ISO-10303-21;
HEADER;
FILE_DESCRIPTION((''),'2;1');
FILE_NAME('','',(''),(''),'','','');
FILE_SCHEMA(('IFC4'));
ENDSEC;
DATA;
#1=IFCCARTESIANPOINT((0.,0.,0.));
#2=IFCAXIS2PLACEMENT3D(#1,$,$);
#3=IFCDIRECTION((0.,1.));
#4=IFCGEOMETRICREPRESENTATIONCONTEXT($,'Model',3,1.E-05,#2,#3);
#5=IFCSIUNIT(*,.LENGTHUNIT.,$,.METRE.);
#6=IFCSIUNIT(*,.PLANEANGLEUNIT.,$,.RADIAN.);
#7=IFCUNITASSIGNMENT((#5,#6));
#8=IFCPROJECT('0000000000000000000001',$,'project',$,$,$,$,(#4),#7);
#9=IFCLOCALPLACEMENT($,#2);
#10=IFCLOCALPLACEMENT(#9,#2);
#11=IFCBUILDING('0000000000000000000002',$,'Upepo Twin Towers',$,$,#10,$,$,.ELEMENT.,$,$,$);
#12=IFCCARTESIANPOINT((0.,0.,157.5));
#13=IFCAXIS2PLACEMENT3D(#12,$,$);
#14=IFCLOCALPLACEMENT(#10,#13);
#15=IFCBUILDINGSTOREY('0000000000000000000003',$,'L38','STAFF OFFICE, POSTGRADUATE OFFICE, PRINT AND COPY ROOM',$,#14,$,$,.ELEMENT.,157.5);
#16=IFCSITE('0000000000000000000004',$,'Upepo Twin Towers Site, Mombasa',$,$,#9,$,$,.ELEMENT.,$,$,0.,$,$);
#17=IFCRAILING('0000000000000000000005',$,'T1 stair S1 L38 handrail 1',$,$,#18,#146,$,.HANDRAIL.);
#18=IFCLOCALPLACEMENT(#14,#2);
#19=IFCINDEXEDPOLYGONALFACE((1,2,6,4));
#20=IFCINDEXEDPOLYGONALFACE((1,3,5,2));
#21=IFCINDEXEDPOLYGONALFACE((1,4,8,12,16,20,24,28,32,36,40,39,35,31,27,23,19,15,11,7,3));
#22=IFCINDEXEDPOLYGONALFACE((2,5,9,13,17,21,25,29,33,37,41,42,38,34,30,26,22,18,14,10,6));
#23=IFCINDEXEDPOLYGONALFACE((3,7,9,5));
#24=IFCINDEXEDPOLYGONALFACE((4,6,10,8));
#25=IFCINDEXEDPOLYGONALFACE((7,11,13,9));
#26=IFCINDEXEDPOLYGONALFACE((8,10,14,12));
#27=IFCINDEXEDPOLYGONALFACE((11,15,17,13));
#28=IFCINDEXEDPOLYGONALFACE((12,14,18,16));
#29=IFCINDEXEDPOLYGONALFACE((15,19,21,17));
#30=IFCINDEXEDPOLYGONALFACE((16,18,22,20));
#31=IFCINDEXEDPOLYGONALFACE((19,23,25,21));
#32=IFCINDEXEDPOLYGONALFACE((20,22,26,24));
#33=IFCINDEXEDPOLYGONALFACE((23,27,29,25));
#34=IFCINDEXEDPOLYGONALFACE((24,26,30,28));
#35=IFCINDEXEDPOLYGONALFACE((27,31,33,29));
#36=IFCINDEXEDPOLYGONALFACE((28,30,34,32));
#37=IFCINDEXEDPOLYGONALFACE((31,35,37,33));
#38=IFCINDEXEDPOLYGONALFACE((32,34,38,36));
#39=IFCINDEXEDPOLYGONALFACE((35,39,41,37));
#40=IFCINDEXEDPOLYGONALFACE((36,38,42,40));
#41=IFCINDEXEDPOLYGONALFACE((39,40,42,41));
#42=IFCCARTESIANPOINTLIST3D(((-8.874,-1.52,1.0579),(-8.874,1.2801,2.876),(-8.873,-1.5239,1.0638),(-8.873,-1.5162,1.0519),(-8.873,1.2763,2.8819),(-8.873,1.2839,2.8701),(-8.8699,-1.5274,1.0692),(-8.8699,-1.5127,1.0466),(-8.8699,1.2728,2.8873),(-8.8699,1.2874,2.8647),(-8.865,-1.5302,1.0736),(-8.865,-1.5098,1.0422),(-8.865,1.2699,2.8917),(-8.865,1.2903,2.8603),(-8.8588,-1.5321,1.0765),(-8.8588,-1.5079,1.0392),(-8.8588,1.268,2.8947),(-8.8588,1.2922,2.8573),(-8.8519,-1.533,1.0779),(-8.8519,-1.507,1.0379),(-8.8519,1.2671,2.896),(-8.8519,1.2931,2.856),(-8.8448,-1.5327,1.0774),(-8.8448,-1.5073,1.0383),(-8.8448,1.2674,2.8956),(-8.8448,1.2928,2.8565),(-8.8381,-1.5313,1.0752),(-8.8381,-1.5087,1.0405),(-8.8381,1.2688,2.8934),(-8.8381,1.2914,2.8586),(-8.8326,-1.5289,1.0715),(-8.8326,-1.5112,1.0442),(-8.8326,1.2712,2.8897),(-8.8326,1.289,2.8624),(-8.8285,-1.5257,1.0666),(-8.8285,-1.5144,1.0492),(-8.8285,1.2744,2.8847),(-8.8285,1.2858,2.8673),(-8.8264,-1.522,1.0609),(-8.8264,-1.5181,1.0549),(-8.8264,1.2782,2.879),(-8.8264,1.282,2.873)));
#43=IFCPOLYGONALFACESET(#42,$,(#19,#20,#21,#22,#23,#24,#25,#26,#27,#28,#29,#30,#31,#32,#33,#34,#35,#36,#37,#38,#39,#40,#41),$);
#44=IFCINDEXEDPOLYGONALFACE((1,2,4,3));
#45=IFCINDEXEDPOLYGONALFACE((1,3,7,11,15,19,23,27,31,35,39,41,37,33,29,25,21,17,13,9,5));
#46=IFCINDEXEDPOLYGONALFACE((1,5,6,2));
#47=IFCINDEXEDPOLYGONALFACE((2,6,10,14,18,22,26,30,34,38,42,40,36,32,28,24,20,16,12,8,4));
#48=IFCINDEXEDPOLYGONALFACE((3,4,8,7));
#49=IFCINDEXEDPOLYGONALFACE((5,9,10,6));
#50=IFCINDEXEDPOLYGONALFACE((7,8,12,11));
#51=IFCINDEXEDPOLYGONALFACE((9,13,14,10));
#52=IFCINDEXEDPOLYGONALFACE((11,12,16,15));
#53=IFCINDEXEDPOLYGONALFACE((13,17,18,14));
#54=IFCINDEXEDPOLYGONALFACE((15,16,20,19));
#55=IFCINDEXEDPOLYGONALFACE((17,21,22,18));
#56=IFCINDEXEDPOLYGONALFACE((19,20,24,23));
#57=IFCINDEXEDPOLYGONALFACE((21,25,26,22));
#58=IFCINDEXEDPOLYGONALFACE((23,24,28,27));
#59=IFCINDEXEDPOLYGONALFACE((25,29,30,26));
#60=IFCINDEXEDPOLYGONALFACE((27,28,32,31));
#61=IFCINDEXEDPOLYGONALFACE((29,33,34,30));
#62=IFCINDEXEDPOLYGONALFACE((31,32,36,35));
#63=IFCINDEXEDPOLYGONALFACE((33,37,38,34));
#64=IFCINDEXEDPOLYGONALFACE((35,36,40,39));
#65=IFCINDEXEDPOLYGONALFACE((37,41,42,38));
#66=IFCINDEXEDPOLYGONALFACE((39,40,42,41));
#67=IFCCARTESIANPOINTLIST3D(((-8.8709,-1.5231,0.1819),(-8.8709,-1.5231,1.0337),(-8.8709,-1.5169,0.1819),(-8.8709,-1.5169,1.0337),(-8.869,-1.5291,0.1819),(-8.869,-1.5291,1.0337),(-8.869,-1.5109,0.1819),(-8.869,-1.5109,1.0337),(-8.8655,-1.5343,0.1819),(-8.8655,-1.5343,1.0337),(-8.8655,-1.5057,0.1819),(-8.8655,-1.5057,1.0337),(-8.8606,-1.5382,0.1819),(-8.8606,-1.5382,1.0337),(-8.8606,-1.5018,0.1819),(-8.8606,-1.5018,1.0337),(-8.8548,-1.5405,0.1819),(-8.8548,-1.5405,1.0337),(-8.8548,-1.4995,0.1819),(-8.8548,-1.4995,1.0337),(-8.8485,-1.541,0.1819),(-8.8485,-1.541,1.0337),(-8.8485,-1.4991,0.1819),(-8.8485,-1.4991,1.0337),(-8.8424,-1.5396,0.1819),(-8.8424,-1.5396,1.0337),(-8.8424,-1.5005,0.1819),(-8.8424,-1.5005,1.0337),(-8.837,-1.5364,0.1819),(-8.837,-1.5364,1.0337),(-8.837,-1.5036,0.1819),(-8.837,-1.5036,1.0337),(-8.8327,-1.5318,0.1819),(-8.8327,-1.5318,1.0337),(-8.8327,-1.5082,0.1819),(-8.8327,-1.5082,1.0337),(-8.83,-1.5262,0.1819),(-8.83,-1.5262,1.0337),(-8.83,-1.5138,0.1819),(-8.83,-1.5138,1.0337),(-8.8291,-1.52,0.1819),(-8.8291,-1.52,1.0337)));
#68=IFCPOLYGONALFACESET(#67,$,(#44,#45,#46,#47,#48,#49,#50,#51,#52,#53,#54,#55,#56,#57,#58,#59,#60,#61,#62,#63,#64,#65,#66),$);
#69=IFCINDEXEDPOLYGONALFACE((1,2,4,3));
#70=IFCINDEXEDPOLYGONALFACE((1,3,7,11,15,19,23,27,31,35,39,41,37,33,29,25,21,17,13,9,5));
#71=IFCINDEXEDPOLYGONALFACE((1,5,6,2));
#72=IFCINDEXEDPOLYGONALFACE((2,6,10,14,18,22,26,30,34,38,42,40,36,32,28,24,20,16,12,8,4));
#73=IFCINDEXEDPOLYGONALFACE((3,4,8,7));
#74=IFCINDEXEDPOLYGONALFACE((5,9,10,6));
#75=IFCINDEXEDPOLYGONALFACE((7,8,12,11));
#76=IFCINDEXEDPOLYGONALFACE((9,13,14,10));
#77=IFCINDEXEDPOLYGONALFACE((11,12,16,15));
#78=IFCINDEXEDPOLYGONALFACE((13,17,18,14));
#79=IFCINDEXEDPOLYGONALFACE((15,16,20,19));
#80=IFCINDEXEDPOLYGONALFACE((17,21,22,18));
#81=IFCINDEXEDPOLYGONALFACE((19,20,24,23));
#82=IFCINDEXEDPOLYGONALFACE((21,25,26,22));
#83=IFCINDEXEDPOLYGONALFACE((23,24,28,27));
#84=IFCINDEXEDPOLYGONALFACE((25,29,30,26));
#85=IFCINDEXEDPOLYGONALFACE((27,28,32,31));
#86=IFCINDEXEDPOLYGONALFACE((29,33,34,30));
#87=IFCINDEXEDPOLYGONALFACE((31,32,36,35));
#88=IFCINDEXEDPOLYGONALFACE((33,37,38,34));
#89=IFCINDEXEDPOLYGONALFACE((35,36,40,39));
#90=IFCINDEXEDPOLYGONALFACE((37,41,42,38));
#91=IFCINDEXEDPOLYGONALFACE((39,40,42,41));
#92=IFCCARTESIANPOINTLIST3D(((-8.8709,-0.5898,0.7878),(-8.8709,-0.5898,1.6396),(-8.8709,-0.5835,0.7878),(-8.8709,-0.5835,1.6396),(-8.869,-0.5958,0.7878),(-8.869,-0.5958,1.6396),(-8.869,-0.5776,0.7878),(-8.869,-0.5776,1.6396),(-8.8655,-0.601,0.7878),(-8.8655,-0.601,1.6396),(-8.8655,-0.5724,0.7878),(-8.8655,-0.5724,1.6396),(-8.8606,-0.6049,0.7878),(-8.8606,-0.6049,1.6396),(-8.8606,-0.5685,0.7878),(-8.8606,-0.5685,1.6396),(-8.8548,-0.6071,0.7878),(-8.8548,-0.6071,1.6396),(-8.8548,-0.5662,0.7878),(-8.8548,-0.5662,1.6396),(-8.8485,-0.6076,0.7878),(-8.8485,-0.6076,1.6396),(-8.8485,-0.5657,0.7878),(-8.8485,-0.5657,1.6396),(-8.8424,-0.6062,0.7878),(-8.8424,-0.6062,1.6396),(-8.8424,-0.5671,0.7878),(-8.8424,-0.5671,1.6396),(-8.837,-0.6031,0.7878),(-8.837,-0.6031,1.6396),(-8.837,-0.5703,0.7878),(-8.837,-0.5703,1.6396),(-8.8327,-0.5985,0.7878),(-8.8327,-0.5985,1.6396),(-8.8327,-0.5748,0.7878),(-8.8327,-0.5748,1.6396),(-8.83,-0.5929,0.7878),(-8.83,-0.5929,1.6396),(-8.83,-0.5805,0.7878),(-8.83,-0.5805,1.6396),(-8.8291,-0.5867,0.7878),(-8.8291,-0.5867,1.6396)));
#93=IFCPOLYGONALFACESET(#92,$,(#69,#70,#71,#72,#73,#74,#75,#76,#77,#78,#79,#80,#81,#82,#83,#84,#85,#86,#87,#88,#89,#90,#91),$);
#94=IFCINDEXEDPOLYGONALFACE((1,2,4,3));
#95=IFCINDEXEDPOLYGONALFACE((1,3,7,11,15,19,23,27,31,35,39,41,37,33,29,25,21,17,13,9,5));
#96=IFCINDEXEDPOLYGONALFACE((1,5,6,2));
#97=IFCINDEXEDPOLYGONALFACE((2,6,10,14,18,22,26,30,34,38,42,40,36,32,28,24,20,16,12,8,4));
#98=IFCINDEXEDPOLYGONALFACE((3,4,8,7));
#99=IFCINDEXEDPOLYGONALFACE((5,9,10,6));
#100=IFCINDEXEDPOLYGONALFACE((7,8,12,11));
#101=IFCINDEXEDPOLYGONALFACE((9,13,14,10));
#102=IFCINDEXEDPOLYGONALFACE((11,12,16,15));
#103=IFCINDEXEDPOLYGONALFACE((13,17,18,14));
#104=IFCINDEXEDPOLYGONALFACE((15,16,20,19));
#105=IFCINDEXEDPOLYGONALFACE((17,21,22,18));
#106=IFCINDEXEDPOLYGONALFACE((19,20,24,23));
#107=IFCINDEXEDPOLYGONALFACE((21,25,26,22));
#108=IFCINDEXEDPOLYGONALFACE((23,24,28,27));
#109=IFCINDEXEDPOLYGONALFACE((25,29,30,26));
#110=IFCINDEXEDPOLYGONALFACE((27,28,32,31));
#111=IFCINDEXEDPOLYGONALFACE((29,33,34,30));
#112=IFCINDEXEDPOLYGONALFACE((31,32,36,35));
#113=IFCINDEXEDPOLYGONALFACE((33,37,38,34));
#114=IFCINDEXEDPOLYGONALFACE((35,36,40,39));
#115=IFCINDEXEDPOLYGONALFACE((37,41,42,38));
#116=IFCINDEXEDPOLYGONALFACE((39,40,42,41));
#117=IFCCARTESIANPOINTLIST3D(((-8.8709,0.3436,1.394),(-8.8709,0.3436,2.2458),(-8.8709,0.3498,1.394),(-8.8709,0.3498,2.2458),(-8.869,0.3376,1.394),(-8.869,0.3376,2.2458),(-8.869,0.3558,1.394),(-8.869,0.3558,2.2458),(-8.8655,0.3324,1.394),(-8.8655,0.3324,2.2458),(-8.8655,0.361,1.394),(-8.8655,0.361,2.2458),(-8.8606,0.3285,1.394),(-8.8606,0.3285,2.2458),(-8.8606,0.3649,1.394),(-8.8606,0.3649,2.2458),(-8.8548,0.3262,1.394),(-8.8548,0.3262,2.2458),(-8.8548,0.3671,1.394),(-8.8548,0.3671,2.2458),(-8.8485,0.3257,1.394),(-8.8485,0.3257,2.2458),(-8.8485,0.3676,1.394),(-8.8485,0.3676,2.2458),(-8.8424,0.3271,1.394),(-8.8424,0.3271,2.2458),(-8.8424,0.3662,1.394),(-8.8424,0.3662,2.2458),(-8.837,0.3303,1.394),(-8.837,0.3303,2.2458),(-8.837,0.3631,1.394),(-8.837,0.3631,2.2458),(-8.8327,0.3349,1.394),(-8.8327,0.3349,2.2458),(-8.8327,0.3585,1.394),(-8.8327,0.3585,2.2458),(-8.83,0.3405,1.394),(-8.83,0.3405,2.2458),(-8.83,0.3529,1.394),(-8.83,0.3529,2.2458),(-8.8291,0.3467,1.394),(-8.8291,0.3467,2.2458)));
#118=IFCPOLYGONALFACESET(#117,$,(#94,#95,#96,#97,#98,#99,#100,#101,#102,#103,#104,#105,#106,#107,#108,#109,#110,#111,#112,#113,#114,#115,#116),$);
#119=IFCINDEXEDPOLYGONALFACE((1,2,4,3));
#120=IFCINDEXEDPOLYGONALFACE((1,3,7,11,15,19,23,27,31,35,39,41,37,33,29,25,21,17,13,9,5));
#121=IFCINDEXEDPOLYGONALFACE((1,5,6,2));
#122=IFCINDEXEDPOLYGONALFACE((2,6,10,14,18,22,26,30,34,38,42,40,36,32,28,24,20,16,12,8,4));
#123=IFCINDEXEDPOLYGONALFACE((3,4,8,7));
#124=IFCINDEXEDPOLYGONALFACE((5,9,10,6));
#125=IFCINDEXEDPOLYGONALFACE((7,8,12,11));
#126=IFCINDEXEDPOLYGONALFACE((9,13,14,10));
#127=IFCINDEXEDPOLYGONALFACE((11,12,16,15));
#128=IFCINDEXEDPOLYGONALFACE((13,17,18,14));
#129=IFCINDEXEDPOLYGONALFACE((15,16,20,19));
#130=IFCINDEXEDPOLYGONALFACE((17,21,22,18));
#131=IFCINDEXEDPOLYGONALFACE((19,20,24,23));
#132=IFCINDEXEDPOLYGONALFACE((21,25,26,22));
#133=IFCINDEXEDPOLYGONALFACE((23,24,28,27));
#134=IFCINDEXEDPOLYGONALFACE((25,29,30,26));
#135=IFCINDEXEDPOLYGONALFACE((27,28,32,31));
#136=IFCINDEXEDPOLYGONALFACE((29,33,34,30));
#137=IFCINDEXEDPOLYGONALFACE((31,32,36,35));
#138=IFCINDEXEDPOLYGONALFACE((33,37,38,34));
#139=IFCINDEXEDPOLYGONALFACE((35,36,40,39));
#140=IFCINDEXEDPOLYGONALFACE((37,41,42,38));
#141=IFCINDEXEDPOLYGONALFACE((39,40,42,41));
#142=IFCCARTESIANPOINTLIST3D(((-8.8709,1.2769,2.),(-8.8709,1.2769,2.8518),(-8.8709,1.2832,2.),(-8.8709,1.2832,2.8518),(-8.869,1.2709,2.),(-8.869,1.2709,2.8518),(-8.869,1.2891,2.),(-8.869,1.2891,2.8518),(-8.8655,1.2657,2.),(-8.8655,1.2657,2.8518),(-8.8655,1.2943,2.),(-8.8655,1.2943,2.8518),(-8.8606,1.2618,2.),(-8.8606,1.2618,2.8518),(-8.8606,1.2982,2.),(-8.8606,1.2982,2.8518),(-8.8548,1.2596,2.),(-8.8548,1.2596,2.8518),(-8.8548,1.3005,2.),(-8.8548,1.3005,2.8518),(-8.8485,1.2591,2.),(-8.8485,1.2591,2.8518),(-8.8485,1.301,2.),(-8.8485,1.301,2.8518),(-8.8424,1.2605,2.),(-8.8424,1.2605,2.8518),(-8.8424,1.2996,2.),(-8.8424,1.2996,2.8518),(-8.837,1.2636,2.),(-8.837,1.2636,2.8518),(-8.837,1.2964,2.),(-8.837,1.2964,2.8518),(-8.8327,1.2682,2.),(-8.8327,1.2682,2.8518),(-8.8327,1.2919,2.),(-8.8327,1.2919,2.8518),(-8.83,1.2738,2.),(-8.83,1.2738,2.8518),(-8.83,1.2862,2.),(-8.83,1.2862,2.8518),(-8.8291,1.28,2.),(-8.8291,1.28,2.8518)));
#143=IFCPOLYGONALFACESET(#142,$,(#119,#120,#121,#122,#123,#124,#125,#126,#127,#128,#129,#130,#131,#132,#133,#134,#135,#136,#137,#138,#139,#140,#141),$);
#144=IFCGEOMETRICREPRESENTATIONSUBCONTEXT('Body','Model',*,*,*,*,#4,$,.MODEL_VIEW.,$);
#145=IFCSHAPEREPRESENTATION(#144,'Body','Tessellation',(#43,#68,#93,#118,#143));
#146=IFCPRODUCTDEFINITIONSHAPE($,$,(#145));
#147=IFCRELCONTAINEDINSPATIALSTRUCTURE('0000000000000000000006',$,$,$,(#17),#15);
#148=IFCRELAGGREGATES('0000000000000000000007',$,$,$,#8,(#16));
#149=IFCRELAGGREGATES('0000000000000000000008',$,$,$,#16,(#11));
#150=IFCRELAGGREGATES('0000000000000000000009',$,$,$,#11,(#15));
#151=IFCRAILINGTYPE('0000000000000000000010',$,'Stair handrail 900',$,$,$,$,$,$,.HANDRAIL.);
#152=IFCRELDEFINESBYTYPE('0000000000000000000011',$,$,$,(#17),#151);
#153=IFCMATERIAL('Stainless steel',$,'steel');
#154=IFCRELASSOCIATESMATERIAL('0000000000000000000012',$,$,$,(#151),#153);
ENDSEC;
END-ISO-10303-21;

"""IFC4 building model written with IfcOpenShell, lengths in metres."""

from ifc_helpers import new_model, si_unit, direction, frame, origin, origin_2d, place, context, subcontext, project, spatial, circle, extrude, material, type_object, element, save


model = new_model("IFC4")

# Units and contexts
model_context = context("Model", 3, precision=1e-05, world=origin(), true_north=direction((0.0, 1.0)))
body_context = subcontext(model_context, "Body", "Model", "MODEL_VIEW")
ifc_project = project(units=[si_unit("LENGTHUNIT", "METRE"), si_unit("PLANEANGLEUNIT", "RADIAN")], contexts=[model_context])

# Site, building, storey
site_placement = place(None, origin())
site = spatial("IfcSite", under=ifc_project, at=site_placement, Name="Upepo Twin Towers Site, Mombasa", CompositionType="ELEMENT", RefElevation=0.0)
building_placement = place(site_placement, origin())
building = spatial("IfcBuilding", under=site, at=building_placement, Name="Upepo Twin Towers", CompositionType="ELEMENT")
storey_placement = place(building_placement, frame((0.0, 0.0, 157.5)))
storey = spatial("IfcBuildingStorey", under=building, at=storey_placement, Name="L38", Description="STAFF OFFICE, POSTGRADUATE OFFICE, PRINT AND COPY ROOM", CompositionType="ELEMENT", Elevation=157.5)

# Railing
ifc_material_1 = material(Name="Stainless steel", Category="steel")
railing_type = type_object("IfcRailingType", Name="Stair handrail 900", PredefinedType="HANDRAIL", material=ifc_material_1)
railing_1_placement = place(storey_placement, frame((-8.8501, -1.52, 0.1819)))
element("IfcRailing", 1, at=railing_1_placement, inside=storey, type_object=railing_type, Name="T1 stair S1 L38 handrail 1", PredefinedType="HANDRAIL", context=body_context, shape_type="SweptSolid", body=[
    extrude(circle(Radius=0.0239, at=origin_2d()), frame((0.0, 0.0, 0.876), z_axis=(0.0, 0.838706, 0.544585), x_axis=(-1.0, 0.0, 0.0)), (0.0, 0.0, 1.0), 3.3386),
    extrude(circle(Radius=0.021, at=origin_2d()), origin(), (0.0, 0.0, 1.0), 0.8518),
    extrude(circle(Radius=0.021, at=origin_2d()), frame((0.0, 0.9333, 0.606)), (0.0, 0.0, 1.0), 0.8518),
    extrude(circle(Radius=0.021, at=origin_2d()), frame((0.0, 1.8667, 1.2122)), (0.0, 0.0, 1.0), 0.8518),
    extrude(circle(Radius=0.021, at=origin_2d()), frame((0.0, 2.8, 1.8181)), (0.0, 0.0, 1.0), 0.8518),
])

save(model, "model.ifc")
